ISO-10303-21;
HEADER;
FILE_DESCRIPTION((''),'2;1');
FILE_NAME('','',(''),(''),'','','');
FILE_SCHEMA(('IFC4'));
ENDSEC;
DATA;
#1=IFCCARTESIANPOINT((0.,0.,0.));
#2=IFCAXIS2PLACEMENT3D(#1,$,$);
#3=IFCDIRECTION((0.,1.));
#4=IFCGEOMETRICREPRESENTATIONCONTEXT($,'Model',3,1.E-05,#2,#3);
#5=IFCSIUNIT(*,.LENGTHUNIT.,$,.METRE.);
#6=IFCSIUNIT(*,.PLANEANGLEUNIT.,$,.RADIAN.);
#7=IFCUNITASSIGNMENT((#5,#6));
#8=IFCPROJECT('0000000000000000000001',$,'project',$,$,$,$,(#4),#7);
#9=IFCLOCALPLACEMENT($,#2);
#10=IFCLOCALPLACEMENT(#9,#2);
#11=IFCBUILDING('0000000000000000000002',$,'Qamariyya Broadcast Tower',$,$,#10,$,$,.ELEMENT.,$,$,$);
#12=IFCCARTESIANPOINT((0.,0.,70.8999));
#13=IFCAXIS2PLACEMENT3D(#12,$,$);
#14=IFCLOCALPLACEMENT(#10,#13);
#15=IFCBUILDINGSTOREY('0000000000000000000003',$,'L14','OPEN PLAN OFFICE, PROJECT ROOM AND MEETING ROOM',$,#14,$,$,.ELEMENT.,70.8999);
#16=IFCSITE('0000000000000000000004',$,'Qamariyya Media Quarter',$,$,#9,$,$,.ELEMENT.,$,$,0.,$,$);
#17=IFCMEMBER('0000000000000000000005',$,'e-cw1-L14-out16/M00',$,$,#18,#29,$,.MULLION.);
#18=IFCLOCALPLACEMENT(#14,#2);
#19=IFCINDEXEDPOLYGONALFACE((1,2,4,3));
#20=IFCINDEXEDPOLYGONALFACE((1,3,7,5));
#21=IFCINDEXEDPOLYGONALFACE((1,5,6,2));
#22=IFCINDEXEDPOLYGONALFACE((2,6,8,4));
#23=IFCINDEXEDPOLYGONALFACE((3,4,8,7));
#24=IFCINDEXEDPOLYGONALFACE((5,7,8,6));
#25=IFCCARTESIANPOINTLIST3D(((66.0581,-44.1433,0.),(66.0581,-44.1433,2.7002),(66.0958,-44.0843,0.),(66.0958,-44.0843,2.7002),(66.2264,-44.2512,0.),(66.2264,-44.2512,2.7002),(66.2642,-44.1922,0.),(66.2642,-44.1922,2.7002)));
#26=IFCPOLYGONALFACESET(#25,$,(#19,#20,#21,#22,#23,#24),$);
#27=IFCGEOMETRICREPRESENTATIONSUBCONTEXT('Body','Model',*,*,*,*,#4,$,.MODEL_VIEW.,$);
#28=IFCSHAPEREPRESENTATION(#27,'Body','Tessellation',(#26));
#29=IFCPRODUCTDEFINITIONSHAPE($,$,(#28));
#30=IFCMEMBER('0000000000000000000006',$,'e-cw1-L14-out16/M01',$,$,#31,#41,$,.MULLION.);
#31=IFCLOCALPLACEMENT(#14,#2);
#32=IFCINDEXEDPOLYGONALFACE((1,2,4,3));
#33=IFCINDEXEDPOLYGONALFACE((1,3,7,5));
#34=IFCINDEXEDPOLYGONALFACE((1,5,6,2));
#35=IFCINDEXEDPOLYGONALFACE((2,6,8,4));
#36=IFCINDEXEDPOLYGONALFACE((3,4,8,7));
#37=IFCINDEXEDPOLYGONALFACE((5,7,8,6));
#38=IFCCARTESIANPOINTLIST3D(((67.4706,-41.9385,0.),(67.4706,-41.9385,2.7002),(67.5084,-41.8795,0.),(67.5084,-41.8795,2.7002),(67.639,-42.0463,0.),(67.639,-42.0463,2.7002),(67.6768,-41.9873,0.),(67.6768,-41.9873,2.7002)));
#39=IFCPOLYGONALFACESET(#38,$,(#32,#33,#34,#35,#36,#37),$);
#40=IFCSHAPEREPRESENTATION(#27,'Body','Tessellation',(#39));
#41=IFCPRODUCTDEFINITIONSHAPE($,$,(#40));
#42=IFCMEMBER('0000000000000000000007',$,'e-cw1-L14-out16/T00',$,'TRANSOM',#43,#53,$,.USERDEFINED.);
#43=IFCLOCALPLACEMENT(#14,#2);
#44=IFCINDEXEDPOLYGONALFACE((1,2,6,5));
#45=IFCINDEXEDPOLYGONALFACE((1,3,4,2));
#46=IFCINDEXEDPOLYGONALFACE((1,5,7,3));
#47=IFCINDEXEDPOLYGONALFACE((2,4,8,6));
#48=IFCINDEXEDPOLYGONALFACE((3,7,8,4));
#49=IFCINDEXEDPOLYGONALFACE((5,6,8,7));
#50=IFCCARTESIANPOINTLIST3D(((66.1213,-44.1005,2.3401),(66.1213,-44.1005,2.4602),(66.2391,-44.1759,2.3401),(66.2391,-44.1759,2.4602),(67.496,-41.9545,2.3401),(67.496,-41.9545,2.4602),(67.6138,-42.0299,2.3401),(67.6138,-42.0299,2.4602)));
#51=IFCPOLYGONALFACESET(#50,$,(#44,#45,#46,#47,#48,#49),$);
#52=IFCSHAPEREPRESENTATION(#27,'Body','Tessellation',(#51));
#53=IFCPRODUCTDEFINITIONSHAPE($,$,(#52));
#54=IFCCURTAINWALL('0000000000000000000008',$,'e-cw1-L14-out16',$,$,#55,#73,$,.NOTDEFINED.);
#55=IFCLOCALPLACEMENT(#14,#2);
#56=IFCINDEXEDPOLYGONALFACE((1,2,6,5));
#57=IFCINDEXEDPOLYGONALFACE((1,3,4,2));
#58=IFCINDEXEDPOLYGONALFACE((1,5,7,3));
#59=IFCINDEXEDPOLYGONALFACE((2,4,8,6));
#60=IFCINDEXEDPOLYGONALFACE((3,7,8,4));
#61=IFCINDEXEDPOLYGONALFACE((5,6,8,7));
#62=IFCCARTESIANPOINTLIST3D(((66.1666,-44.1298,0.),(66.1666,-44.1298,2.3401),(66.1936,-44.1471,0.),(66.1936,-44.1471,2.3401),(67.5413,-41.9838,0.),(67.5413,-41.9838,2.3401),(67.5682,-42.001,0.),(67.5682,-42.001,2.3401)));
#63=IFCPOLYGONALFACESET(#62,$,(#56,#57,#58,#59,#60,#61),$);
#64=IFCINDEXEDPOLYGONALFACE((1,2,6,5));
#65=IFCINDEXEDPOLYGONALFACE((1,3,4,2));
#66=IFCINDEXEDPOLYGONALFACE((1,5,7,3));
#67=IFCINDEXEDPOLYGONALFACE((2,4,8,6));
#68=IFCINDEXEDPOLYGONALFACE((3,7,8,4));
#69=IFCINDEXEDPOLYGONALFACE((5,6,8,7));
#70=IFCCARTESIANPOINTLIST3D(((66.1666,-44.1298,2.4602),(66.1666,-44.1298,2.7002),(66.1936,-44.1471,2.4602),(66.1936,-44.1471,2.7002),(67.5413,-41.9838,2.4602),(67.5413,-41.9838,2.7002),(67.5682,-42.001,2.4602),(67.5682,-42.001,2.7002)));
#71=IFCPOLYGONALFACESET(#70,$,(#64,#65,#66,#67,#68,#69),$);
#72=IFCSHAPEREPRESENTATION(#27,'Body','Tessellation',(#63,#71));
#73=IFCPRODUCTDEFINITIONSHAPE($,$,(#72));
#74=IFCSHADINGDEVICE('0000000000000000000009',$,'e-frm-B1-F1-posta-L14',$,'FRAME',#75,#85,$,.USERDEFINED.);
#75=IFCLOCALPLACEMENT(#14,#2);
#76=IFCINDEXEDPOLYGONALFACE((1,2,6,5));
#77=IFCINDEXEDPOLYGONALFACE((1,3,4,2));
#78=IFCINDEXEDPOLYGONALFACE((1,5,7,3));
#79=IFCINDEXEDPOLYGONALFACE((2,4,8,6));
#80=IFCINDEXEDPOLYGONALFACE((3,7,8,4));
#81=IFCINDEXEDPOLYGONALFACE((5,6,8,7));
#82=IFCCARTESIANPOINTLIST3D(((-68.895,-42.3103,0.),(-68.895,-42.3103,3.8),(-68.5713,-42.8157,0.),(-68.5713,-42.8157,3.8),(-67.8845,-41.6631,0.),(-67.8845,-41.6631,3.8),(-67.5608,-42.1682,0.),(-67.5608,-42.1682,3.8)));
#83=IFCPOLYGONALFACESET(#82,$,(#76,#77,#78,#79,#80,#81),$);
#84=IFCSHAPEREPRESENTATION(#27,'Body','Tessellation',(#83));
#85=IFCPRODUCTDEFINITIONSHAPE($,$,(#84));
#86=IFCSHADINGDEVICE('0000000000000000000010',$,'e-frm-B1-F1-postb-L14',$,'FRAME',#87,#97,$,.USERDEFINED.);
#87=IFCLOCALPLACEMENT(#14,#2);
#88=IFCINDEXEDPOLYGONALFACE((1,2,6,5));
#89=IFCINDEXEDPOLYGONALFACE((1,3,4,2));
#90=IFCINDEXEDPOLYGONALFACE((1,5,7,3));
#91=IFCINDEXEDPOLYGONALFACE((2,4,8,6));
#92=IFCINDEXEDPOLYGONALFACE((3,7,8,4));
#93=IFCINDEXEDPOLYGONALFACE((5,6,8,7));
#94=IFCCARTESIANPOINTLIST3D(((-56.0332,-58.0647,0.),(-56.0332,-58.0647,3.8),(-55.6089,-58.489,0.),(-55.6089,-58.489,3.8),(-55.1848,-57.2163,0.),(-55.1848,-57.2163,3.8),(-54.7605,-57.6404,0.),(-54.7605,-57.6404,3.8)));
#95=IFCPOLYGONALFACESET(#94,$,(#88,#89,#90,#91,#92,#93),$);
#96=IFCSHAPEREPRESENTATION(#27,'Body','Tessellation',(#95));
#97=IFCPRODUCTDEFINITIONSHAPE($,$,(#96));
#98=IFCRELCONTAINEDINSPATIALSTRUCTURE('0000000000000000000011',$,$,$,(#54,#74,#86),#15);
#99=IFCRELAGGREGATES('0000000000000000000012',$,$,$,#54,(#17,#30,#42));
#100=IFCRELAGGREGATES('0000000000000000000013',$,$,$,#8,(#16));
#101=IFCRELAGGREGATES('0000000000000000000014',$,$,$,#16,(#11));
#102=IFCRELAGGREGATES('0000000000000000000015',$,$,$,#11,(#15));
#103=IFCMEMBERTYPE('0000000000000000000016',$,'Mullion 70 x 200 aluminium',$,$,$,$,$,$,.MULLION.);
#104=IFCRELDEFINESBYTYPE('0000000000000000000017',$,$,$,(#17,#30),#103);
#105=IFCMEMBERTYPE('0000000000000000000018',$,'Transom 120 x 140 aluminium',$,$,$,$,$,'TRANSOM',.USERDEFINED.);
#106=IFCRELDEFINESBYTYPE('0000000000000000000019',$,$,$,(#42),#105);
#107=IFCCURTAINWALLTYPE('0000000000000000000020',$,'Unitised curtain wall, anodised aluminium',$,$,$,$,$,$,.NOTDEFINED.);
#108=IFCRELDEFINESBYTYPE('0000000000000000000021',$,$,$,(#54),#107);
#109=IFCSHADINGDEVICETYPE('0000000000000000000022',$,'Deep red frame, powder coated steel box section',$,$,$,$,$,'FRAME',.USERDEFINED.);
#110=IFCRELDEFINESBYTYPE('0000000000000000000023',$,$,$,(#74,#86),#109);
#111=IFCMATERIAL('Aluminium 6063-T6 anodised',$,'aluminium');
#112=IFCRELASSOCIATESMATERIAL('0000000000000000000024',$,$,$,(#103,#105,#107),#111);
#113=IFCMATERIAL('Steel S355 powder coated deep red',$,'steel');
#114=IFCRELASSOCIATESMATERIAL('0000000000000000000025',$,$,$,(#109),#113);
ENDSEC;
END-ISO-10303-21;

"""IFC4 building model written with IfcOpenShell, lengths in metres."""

from ifc_helpers import new_model, si_unit, direction, frame, origin, origin_2d, place, context, subcontext, project, spatial, polyline, rectangle, outline, extrude, material, material_profile, profile_set, type_object, element, aggregate, save


model = new_model("IFC4")

# Units and contexts
model_context = context("Model", 3, precision=1e-05, world=origin(), true_north=direction((0.0, 1.0)))
body_context = subcontext(model_context, "Body", "Model", "MODEL_VIEW")
ifc_project = project(units=[si_unit("LENGTHUNIT", "METRE"), si_unit("PLANEANGLEUNIT", "RADIAN")], contexts=[model_context])

# Members
ifc_material_1 = material(Name="Aluminium 6063-T6 anodised", Category="aluminium")
ifc_material_profile_1 = material_profile(ifc_material_1, rectangle(XDim=0.2, YDim=0.0701, at=origin_2d()))
ifc_profile_set_1 = profile_set([ifc_material_profile_1], Name="Aluminium 6063-T6 anodised")
member_type_1 = type_object("IfcMemberType", Name="Mullion 70 x 200 aluminium", PredefinedType="MULLION", material=ifc_profile_set_1)
site_placement = place(None, origin())
building_placement = place(site_placement, origin())
storey_placement = place(building_placement, frame((0.0, 0.0, 70.8999)))
member_1_placement = place(storey_placement, frame((66.1611, -44.1677, 0.0), z_axis=(0.0, 0.0, 1.0), x_axis=(-0.842034, 0.539424, 0.0)))
member_1 = element("IfcMember", 1, at=member_1_placement, type_object=member_type_1, Name="e-cw1-L14-out16/M00", PredefinedType="MULLION", context=body_context, shape_type="SweptSolid", body=[
    extrude(rectangle(XDim=0.2, YDim=0.0701, at=origin_2d()), origin(), (0.0, 0.0, 1.0), 2.7002),
])
member_2_placement = place(storey_placement, frame((67.5737, -41.9629, 0.0), z_axis=(0.0, 0.0, 1.0), x_axis=(-0.842034, 0.539424, 0.0)))
member_2 = element("IfcMember", 2, at=member_2_placement, type_object=member_type_1, Name="e-cw1-L14-out16/M01", PredefinedType="MULLION", context=body_context, shape_type="SweptSolid", body=[
    extrude(rectangle(XDim=0.2, YDim=0.0701, at=origin_2d()), origin(), (0.0, 0.0, 1.0), 2.7002),
])
ifc_material_profile_2 = material_profile(ifc_material_1, rectangle(XDim=0.1399, YDim=0.1201, at=origin_2d()))
ifc_profile_set_2 = profile_set([ifc_material_profile_2], Name="Aluminium 6063-T6 anodised")
member_type_2 = type_object("IfcMemberType", Name="Transom 120 x 140 aluminium", ElementType="TRANSOM", PredefinedType="USERDEFINED", material=ifc_profile_set_2)
member_3_placement = place(storey_placement, frame((66.1802, -44.1382, 2.4001), z_axis=(0.539421, 0.842036, 0.0), x_axis=(-0.842036, 0.539421, 0.0)))
member_3 = element("IfcMember", 3, at=member_3_placement, type_object=member_type_2, Name="e-cw1-L14-out16/T00", ObjectType="TRANSOM", PredefinedType="USERDEFINED", context=body_context, shape_type="SweptSolid", body=[
    extrude(rectangle(XDim=0.1399, YDim=0.1201, at=origin_2d()), origin(), (0.0, 0.0, 1.0), 2.5486),
])

# Site, building, storey
site = spatial("IfcSite", under=ifc_project, at=site_placement, Name="Qamariyya Media Quarter", CompositionType="ELEMENT", RefElevation=0.0)
building = spatial("IfcBuilding", under=site, at=building_placement, Name="Qamariyya Broadcast Tower", CompositionType="ELEMENT")
storey = spatial("IfcBuildingStorey", under=building, at=storey_placement, Name="L14", Description="OPEN PLAN OFFICE, PROJECT ROOM AND MEETING ROOM", CompositionType="ELEMENT", Elevation=70.8999)

# Curtain wall
curtain_wall_type = type_object("IfcCurtainWallType", Name="Unitised curtain wall, anodised aluminium", PredefinedType="NOTDEFINED", material=ifc_material_1)
curtain_wall_1_placement = place(storey_placement, origin())
curtain_wall_1 = element("IfcCurtainWall", 4, at=curtain_wall_1_placement, inside=storey, type_object=curtain_wall_type, Name="e-cw1-L14-out16", PredefinedType="NOTDEFINED", context=body_context, shape_type="SweptSolid", body=[
    extrude(rectangle(XDim=2.5486, YDim=0.032, at=origin_2d()), frame((66.8674, -43.0654, 0.0), x_axis=(0.539394, 0.842054, 0.0)), (0.0, 0.0, 1.0), 2.3401),
    extrude(rectangle(XDim=2.5486, YDim=0.032, at=origin_2d()), frame((66.8674, -43.0654, 2.4602), x_axis=(0.539394, 0.842054, 0.0)), (0.0, 0.0, 1.0), 0.24),
])
aggregate(curtain_wall_1, [member_1, member_2, member_3])

# Shading devices
ifc_material_2 = material(Name="Steel S355 powder coated deep red", Category="steel")
shading_device_type = type_object("IfcShadingDeviceType", Name="Deep red frame, powder coated steel box section", ElementType="FRAME", PredefinedType="USERDEFINED", material=ifc_material_2)
shading_device_1_placement = place(storey_placement, origin())
element("IfcShadingDevice", 5, at=shading_device_1_placement, inside=storey, type_object=shading_device_type, Name="e-frm-B1-F1-posta-L14", ObjectType="FRAME", PredefinedType="USERDEFINED", context=body_context, shape_type="SweptSolid", body=[
    extrude(outline(polyline([(-67.8845, -41.6631), (-68.895, -42.3103), (-68.5713, -42.8157), (-67.5608, -42.1682), (-67.8845, -41.6631)])), origin(), (0.0, 0.0, 1.0), 3.8),
])
shading_device_2_placement = place(storey_placement, origin())
element("IfcShadingDevice", 6, at=shading_device_2_placement, inside=storey, type_object=shading_device_type, Name="e-frm-B1-F1-postb-L14", ObjectType="FRAME", PredefinedType="USERDEFINED", context=body_context, shape_type="SweptSolid", body=[
    extrude(outline(polyline([(-55.1848, -57.2163), (-56.0332, -58.0647), (-55.6089, -58.489), (-54.7605, -57.6404), (-55.1848, -57.2163)])), origin(), (0.0, 0.0, 1.0), 3.8),
])

save(model, "model.ifc")
